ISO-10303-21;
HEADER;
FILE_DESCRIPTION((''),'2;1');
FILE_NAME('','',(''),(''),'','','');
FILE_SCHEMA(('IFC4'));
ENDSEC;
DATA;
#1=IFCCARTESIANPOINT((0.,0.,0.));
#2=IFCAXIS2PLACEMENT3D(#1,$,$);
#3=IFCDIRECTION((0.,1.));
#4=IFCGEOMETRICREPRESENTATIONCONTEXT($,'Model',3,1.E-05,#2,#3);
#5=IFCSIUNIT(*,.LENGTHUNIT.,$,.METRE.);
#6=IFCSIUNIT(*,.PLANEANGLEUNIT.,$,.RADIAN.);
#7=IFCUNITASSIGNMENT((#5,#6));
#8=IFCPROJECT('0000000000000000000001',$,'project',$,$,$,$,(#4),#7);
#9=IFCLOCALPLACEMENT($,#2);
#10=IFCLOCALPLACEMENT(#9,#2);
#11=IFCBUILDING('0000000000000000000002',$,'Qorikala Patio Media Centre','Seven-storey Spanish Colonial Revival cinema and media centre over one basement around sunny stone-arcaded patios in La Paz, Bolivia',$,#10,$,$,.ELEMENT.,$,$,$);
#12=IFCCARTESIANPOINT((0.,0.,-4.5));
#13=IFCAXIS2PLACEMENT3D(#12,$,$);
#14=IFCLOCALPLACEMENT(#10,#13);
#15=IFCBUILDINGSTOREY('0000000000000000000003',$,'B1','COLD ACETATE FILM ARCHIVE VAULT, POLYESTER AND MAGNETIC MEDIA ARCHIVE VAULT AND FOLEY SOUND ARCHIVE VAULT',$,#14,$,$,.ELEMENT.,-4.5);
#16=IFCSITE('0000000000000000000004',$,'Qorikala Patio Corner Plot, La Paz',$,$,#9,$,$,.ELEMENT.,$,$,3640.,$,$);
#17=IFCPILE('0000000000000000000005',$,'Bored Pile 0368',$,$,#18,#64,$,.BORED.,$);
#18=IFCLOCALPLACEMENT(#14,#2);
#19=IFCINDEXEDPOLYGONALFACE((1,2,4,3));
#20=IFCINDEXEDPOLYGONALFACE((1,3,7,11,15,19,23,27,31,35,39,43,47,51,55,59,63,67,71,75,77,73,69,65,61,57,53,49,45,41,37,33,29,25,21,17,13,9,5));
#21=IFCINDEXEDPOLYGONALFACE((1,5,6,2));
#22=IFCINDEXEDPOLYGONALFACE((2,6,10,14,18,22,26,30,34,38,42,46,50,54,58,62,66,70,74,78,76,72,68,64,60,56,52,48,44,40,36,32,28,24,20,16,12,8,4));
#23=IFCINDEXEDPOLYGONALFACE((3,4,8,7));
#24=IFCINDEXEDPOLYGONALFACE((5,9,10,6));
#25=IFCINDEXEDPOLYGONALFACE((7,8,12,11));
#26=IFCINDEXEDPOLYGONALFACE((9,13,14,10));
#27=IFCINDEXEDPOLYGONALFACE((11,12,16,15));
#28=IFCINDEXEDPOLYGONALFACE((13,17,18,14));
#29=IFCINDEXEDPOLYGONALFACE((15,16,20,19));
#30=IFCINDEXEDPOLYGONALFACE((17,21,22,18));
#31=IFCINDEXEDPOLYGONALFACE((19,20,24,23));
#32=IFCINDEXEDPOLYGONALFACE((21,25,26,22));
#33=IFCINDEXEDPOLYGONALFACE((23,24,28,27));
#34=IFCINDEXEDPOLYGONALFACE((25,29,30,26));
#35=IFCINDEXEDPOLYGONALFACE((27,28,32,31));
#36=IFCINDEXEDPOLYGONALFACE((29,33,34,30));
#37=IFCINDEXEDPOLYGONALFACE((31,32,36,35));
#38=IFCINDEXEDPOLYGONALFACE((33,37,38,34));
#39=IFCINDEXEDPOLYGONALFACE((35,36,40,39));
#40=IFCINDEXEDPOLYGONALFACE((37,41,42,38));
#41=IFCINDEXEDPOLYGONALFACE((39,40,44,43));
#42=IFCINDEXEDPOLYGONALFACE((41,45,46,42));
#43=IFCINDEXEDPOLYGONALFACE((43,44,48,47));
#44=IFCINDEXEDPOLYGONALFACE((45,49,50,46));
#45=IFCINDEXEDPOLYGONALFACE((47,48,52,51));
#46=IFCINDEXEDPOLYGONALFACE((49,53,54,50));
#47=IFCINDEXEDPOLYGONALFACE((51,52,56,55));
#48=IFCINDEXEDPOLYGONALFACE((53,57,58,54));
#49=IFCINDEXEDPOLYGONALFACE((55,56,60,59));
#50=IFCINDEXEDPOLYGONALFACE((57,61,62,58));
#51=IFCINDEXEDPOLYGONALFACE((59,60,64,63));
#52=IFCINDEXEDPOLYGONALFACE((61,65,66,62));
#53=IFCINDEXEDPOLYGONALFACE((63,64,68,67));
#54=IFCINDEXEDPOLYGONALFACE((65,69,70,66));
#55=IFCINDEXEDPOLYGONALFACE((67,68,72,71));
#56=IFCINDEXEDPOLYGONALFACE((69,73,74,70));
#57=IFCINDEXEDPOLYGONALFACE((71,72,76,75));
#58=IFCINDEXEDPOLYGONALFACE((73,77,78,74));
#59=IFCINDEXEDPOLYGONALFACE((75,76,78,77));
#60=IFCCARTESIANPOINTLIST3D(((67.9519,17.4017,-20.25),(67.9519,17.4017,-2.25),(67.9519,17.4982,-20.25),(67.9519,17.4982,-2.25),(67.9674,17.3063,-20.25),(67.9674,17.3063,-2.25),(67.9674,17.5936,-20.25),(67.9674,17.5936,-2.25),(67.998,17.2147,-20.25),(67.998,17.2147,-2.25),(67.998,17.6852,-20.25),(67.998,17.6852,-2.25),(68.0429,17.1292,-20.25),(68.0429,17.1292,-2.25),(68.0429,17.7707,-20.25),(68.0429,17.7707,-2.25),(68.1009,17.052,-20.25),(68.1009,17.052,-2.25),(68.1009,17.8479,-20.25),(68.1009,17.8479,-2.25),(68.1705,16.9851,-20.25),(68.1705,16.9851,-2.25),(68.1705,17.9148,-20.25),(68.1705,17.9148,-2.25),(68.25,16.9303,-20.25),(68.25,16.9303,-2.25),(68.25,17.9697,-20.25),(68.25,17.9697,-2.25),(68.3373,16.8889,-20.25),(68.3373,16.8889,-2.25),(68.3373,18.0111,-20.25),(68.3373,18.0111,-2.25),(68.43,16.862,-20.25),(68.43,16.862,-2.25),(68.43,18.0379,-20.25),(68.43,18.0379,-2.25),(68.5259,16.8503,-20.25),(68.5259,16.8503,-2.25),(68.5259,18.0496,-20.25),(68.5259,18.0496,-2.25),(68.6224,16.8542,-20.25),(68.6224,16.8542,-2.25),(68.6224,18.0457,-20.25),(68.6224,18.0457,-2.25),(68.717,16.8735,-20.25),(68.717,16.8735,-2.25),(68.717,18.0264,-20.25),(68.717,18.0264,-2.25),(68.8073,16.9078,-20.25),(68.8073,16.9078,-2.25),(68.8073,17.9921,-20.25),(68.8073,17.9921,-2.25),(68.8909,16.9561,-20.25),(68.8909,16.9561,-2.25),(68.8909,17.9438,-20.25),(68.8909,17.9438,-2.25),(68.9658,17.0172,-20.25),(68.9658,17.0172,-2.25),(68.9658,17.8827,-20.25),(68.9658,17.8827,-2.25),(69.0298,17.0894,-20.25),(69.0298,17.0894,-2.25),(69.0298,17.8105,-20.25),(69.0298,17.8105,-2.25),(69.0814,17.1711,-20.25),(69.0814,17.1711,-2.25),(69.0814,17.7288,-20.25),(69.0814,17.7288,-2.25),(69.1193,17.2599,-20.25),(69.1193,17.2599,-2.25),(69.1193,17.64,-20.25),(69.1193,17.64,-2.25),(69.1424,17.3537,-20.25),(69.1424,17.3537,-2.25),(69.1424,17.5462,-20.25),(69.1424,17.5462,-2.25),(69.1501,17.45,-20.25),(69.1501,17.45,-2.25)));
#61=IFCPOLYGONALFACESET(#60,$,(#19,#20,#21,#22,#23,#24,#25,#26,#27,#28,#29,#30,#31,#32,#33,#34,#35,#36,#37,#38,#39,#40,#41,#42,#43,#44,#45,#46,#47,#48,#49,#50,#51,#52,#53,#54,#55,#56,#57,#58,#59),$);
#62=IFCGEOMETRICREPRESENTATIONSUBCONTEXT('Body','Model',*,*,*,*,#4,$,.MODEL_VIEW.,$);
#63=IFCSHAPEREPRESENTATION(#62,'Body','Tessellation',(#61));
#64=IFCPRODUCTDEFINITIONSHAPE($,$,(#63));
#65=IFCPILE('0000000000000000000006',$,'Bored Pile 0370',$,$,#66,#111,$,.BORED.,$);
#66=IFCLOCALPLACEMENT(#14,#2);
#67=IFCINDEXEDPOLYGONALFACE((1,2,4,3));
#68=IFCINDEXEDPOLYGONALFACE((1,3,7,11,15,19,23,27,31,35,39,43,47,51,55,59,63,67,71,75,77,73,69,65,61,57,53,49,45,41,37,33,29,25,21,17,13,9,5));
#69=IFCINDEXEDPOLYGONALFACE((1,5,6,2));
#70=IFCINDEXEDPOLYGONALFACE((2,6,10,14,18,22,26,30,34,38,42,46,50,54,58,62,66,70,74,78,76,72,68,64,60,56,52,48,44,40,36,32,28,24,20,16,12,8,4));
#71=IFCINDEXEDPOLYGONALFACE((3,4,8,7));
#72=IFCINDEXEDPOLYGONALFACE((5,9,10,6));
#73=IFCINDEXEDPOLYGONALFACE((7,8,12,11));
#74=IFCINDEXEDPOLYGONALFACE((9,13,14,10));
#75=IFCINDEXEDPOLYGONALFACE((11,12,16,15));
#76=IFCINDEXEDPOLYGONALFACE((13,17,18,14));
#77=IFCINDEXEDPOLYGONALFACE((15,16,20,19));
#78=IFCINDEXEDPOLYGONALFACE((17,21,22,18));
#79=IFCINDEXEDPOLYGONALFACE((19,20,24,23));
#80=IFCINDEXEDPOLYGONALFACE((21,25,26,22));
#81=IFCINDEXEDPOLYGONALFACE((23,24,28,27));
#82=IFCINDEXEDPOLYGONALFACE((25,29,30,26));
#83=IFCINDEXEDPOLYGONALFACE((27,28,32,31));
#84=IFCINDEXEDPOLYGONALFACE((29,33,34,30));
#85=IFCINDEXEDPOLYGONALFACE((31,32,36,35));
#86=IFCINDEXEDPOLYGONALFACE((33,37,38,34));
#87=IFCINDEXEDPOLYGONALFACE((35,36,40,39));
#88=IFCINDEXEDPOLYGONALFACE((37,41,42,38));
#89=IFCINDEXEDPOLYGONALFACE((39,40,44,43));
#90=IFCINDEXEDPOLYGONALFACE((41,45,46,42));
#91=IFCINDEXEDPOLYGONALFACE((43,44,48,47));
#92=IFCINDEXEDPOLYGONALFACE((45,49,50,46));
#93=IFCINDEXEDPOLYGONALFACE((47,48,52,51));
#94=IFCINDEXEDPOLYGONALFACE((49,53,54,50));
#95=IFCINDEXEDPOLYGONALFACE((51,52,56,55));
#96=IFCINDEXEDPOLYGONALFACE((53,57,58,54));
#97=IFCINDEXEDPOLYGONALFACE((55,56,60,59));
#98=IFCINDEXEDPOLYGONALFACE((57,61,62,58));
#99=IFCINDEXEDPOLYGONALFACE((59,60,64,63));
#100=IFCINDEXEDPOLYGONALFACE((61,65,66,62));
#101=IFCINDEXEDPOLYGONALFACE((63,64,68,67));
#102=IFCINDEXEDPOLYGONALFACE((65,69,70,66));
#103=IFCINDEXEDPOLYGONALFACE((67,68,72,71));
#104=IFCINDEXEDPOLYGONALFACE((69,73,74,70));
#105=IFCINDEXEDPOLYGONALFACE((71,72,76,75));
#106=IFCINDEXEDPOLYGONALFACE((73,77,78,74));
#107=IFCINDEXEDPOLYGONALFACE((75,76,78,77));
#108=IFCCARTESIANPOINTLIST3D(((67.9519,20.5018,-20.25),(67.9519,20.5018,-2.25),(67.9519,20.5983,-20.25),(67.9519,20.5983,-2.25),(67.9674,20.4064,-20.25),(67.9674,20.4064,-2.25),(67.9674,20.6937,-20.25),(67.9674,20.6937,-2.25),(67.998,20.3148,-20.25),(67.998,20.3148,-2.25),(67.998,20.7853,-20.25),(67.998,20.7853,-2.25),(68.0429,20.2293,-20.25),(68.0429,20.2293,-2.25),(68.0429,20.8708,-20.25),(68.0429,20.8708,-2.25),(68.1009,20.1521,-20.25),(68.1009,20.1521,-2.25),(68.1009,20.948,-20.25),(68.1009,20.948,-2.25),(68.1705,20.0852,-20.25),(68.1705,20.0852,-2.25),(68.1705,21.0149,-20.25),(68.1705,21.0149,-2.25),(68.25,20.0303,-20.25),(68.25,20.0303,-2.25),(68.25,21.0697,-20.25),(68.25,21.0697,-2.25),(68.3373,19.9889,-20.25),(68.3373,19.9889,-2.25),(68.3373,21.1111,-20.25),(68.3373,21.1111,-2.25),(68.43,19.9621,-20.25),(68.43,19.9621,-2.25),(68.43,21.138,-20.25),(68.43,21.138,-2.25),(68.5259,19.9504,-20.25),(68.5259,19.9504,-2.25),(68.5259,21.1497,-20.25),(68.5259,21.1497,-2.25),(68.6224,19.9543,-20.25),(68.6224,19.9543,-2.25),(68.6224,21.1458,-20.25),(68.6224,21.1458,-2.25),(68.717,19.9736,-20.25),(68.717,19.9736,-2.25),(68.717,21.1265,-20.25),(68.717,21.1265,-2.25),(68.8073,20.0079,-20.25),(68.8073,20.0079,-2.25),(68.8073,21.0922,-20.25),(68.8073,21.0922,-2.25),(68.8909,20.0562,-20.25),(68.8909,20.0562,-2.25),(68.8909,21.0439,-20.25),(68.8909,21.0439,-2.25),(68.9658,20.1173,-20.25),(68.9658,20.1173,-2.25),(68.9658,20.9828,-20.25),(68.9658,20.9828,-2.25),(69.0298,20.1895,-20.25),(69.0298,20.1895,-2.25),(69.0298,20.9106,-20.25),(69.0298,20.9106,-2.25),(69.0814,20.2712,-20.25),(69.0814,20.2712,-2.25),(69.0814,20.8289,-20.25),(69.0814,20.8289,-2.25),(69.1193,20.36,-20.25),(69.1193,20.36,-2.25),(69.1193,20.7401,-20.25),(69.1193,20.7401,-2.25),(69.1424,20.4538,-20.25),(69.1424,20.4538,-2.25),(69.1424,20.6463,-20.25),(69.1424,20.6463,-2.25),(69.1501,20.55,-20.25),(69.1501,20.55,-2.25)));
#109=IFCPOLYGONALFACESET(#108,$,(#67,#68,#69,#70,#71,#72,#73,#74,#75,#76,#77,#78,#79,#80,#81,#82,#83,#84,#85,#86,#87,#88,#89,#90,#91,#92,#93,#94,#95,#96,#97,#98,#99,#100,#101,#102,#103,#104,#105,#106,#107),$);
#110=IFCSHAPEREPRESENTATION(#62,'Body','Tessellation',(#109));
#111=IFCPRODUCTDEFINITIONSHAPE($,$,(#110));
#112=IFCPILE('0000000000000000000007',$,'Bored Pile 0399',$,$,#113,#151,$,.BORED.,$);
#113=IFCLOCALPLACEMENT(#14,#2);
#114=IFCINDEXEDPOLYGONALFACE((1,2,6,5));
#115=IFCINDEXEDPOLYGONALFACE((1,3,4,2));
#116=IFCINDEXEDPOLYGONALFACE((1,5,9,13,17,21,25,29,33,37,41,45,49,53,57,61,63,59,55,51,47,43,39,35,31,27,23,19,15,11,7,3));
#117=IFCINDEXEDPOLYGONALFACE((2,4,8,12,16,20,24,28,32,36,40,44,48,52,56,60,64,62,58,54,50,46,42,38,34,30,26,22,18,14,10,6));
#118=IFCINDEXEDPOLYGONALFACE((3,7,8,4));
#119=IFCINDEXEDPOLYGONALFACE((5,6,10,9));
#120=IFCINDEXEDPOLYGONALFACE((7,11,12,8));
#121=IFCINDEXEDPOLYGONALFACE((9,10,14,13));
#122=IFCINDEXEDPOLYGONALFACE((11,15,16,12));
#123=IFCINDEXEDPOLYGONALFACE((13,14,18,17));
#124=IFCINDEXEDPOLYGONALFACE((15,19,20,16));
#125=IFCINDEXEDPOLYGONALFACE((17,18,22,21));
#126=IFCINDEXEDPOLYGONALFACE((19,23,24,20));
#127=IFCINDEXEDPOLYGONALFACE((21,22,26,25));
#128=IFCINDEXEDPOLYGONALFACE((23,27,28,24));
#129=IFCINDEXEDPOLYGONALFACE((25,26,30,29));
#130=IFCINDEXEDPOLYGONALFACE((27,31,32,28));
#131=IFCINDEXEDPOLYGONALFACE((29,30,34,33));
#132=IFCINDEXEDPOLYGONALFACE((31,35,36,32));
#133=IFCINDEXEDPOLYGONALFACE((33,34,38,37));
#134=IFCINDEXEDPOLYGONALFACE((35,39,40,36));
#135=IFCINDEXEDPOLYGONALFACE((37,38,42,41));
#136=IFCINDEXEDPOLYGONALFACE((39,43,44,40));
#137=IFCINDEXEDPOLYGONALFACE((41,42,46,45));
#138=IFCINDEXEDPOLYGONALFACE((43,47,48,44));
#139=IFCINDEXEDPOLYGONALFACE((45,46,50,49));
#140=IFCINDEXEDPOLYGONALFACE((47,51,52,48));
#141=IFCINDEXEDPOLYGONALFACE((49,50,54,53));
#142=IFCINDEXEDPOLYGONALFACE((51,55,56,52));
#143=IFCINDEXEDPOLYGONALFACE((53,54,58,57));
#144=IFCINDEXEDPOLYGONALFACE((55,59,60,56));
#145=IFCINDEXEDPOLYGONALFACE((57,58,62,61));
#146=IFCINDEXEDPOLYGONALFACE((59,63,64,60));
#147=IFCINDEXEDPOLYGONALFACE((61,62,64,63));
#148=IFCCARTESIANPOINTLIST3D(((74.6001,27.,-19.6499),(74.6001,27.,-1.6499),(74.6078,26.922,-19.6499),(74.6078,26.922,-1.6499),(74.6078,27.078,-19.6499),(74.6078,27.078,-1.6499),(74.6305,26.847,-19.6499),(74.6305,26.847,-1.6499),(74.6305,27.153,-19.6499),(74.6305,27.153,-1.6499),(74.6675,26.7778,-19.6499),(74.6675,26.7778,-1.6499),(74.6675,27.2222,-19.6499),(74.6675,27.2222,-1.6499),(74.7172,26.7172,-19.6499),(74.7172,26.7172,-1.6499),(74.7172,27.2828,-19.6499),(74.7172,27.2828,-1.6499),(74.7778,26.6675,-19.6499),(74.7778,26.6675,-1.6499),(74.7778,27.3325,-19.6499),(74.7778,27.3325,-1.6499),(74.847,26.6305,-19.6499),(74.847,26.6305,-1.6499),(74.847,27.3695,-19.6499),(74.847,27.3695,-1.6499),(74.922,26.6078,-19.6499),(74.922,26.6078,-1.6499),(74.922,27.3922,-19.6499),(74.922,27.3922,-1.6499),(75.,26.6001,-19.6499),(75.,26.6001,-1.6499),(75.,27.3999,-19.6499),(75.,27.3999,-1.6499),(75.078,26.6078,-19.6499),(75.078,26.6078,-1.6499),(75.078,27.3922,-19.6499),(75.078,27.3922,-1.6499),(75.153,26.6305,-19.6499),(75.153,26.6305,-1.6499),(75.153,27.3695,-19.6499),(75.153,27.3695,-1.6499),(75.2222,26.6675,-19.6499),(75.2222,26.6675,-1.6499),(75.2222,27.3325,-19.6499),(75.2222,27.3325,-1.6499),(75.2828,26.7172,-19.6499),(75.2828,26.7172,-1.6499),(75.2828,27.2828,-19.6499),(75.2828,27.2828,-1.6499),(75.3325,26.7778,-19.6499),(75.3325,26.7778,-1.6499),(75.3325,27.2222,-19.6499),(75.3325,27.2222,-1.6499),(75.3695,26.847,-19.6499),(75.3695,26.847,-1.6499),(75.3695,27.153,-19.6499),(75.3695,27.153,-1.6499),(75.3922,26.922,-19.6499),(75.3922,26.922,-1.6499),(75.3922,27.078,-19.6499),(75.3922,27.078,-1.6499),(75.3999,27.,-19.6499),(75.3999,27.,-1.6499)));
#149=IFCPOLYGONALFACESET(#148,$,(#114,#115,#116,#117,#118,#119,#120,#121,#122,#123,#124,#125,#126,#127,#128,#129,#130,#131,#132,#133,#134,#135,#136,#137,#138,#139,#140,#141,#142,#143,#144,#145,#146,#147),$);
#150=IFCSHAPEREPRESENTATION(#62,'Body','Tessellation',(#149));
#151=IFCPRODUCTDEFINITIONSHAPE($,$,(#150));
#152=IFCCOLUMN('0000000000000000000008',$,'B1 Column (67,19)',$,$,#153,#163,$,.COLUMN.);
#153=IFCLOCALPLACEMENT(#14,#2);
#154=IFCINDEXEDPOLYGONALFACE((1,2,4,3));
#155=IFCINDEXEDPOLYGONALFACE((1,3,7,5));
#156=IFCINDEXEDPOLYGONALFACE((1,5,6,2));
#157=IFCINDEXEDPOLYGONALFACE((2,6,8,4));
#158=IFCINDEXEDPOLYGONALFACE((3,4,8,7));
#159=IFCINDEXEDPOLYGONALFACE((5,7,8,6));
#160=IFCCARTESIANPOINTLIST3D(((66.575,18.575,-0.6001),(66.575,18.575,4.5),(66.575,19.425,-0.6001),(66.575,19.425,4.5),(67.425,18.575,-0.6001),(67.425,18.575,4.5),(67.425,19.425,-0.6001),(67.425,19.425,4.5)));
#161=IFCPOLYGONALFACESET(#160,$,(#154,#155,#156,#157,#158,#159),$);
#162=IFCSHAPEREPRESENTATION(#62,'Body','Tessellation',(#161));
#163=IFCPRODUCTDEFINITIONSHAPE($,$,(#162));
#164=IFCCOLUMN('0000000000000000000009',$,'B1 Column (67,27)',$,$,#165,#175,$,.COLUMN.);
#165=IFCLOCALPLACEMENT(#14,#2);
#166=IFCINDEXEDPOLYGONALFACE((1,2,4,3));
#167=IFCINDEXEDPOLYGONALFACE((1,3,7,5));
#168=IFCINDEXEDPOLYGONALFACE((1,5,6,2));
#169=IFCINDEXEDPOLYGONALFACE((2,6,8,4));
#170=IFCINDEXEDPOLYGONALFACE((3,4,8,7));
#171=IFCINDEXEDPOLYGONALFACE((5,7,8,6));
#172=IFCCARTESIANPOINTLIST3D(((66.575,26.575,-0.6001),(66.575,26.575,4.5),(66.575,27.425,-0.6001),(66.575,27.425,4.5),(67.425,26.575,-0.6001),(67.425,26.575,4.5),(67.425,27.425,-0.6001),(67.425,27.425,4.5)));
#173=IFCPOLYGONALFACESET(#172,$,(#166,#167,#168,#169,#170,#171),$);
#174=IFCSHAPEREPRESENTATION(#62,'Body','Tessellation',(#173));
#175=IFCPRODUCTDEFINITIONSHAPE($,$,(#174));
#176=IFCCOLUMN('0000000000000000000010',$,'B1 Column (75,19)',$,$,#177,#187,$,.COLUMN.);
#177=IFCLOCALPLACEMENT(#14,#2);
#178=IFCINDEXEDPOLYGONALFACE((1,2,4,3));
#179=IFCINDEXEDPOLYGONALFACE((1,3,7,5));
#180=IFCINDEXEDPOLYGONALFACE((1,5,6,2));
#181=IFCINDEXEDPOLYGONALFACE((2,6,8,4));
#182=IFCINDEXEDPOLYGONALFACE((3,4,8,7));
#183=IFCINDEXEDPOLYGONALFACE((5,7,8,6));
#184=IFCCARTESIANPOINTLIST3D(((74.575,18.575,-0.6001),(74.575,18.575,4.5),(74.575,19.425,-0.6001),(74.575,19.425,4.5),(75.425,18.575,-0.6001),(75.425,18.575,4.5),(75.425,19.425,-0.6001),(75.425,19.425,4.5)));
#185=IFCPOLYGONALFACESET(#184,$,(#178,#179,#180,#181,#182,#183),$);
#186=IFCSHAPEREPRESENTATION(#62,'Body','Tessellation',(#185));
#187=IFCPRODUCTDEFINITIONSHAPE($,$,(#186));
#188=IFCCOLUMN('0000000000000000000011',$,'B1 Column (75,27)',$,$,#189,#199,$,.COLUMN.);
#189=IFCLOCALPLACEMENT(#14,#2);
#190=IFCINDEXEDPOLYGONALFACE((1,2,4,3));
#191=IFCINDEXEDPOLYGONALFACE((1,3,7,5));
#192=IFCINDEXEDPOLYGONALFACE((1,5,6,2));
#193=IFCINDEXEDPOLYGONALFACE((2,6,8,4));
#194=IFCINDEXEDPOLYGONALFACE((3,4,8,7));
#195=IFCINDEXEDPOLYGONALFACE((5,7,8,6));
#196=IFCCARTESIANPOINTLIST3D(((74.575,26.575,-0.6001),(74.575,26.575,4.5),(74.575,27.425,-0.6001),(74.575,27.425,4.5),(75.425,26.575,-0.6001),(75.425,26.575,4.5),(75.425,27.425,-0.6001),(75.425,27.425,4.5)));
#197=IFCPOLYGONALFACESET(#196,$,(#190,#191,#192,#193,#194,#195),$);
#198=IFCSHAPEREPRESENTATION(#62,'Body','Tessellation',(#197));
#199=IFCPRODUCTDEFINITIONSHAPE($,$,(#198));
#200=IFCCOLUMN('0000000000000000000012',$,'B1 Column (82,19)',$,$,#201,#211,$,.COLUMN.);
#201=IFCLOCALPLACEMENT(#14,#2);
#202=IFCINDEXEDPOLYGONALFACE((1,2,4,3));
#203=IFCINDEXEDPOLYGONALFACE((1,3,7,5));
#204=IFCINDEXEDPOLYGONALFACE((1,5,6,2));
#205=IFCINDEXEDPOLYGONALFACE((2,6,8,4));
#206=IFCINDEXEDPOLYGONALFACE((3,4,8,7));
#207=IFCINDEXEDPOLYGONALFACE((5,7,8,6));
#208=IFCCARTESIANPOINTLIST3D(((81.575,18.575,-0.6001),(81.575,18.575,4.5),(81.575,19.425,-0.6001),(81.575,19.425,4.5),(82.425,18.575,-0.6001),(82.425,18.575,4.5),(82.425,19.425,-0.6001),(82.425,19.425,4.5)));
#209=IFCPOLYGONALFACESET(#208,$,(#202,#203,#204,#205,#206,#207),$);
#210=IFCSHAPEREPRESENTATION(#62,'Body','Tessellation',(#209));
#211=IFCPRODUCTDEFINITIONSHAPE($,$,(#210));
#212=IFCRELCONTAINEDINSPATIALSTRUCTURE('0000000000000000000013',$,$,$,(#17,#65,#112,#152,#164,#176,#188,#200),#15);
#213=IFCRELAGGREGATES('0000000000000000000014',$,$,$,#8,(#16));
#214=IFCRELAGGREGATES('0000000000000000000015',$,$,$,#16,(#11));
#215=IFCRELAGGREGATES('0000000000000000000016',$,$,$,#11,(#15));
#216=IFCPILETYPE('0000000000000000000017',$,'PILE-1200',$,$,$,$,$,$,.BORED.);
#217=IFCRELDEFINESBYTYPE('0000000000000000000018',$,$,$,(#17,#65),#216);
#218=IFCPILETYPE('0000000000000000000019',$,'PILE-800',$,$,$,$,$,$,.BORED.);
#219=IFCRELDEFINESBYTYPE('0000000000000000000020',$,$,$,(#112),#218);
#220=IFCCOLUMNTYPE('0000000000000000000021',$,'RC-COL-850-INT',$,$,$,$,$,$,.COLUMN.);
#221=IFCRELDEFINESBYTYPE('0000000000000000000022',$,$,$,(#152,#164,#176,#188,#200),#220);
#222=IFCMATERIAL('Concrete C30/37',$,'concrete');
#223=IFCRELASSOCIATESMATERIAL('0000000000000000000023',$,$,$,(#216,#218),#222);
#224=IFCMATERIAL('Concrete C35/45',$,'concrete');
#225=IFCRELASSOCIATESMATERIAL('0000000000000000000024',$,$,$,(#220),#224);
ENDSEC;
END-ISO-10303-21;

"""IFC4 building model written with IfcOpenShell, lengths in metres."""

from ifc_helpers import new_model, si_unit, direction, frame, origin, origin_2d, place, context, subcontext, project, spatial, rectangle, circle, extrude, material, material_profile, profile_set, type_object, element, save


model = new_model("IFC4")

# Units and contexts
model_context = context("Model", 3, precision=1e-05, world=origin(), true_north=direction((0.0, 1.0)))
body_context = subcontext(model_context, "Body", "Model", "MODEL_VIEW")
ifc_project = project(units=[si_unit("LENGTHUNIT", "METRE"), si_unit("PLANEANGLEUNIT", "RADIAN")], contexts=[model_context])

# Site, building, storey
site_placement = place(None, origin())
site = spatial("IfcSite", under=ifc_project, at=site_placement, Name="Qorikala Patio Corner Plot, La Paz", CompositionType="ELEMENT", RefElevation=3640.0)
building_placement = place(site_placement, origin())
building = spatial("IfcBuilding", under=site, at=building_placement, Name="Qorikala Patio Media Centre", Description="Seven-storey Spanish Colonial Revival cinema and media centre over one basement around sunny stone-arcaded patios in La Paz, Bolivia", CompositionType="ELEMENT")
storey_placement = place(building_placement, frame((0.0, 0.0, -4.5)))
storey = spatial("IfcBuildingStorey", under=building, at=storey_placement, Name="B1", Description="COLD ACETATE FILM ARCHIVE VAULT, POLYESTER AND MAGNETIC MEDIA ARCHIVE VAULT AND FOLEY SOUND ARCHIVE VAULT", CompositionType="ELEMENT", Elevation=-4.5)

# Shared definitions
ifc_material_1 = material(Name="Concrete C30/37", Category="concrete")

# Piles
ifc_material_profile_1 = material_profile(ifc_material_1, circle(Radius=0.6001, at=origin_2d()), Name="BORED PILE 1200")
ifc_profile_set_1 = profile_set([ifc_material_profile_1], Name="Concrete C30/37")
pile_type_1 = type_object("IfcPileType", Name="PILE-1200", PredefinedType="BORED", material=ifc_profile_set_1)
for number, where, z_axis, x_axis, name in (
    (1, (68.55, 17.45, -2.25), (0.0, 0.0, -1.0), (1.0, 0.0, 0.0), "Bored Pile 0368"),
    (2, (68.55, 20.55, -2.25), (0.0, 0.0, -1.0), (1.0, 0.0, 0.0), "Bored Pile 0370"),
):
    element("IfcPile", number, at=place(storey_placement, frame(where, z_axis=z_axis, x_axis=x_axis)), inside=storey, type_object=pile_type_1, Name=name, PredefinedType="BORED", context=body_context, shape_type="SweptSolid", body=[
        extrude(circle(Radius=0.6001, at=origin_2d()), origin(), (0.0, 0.0, 1.0), 18.0),
    ])
ifc_material_profile_2 = material_profile(ifc_material_1, circle(Radius=0.3999, at=origin_2d()), Name="BORED PILE 800")
ifc_profile_set_2 = profile_set([ifc_material_profile_2], Name="Concrete C30/37")
pile_type_2 = type_object("IfcPileType", Name="PILE-800", PredefinedType="BORED", material=ifc_profile_set_2)
pile_placement = place(storey_placement, frame((75.0, 27.0, -1.6499), z_axis=(0.0, 0.0, -1.0), x_axis=(1.0, 0.0, 0.0)))
element("IfcPile", 3, at=pile_placement, inside=storey, type_object=pile_type_2, Name="Bored Pile 0399", PredefinedType="BORED", context=body_context, shape_type="SweptSolid", body=[
    extrude(circle(Radius=0.3999, at=origin_2d()), origin(), (0.0, 0.0, 1.0), 18.0),
])

# Columns
ifc_material_2 = material(Name="Concrete C35/45", Category="concrete")
ifc_material_profile_3 = material_profile(ifc_material_2, rectangle(XDim=0.8501, YDim=0.8501, at=origin_2d()), Name="RC 850x850")
ifc_profile_set_3 = profile_set([ifc_material_profile_3], Name="Concrete C35/45")
column_type = type_object("IfcColumnType", Name="RC-COL-850-INT", PredefinedType="COLUMN", material=ifc_profile_set_3)
for number, where, z_axis, x_axis, name in (
    (4, (67.0, 19.0, -0.6001), (0.0, 0.0, 1.0), (1.0, 0.0, 0.0), "B1 Column (67,19)"),
    (5, (67.0, 27.0, -0.6001), (0.0, 0.0, 1.0), (1.0, 0.0, 0.0), "B1 Column (67,27)"),
    (6, (75.0, 19.0, -0.6001), (0.0, 0.0, 1.0), (1.0, 0.0, 0.0), "B1 Column (75,19)"),
    (7, (75.0, 27.0, -0.6001), (0.0, 0.0, 1.0), (1.0, 0.0, 0.0), "B1 Column (75,27)"),
    (8, (82.0, 19.0, -0.6001), (0.0, 0.0, 1.0), (1.0, 0.0, 0.0), "B1 Column (82,19)"),
):
    element("IfcColumn", number, at=place(storey_placement, frame(where, z_axis=z_axis, x_axis=x_axis)), inside=storey, type_object=column_type, Name=name, PredefinedType="COLUMN", context=body_context, shape_type="SweptSolid", body=[
        extrude(rectangle(XDim=0.8501, YDim=0.8501, at=origin_2d()), origin(), (0.0, 0.0, 1.0), 5.1001),
    ])

save(model, "model.ifc")
